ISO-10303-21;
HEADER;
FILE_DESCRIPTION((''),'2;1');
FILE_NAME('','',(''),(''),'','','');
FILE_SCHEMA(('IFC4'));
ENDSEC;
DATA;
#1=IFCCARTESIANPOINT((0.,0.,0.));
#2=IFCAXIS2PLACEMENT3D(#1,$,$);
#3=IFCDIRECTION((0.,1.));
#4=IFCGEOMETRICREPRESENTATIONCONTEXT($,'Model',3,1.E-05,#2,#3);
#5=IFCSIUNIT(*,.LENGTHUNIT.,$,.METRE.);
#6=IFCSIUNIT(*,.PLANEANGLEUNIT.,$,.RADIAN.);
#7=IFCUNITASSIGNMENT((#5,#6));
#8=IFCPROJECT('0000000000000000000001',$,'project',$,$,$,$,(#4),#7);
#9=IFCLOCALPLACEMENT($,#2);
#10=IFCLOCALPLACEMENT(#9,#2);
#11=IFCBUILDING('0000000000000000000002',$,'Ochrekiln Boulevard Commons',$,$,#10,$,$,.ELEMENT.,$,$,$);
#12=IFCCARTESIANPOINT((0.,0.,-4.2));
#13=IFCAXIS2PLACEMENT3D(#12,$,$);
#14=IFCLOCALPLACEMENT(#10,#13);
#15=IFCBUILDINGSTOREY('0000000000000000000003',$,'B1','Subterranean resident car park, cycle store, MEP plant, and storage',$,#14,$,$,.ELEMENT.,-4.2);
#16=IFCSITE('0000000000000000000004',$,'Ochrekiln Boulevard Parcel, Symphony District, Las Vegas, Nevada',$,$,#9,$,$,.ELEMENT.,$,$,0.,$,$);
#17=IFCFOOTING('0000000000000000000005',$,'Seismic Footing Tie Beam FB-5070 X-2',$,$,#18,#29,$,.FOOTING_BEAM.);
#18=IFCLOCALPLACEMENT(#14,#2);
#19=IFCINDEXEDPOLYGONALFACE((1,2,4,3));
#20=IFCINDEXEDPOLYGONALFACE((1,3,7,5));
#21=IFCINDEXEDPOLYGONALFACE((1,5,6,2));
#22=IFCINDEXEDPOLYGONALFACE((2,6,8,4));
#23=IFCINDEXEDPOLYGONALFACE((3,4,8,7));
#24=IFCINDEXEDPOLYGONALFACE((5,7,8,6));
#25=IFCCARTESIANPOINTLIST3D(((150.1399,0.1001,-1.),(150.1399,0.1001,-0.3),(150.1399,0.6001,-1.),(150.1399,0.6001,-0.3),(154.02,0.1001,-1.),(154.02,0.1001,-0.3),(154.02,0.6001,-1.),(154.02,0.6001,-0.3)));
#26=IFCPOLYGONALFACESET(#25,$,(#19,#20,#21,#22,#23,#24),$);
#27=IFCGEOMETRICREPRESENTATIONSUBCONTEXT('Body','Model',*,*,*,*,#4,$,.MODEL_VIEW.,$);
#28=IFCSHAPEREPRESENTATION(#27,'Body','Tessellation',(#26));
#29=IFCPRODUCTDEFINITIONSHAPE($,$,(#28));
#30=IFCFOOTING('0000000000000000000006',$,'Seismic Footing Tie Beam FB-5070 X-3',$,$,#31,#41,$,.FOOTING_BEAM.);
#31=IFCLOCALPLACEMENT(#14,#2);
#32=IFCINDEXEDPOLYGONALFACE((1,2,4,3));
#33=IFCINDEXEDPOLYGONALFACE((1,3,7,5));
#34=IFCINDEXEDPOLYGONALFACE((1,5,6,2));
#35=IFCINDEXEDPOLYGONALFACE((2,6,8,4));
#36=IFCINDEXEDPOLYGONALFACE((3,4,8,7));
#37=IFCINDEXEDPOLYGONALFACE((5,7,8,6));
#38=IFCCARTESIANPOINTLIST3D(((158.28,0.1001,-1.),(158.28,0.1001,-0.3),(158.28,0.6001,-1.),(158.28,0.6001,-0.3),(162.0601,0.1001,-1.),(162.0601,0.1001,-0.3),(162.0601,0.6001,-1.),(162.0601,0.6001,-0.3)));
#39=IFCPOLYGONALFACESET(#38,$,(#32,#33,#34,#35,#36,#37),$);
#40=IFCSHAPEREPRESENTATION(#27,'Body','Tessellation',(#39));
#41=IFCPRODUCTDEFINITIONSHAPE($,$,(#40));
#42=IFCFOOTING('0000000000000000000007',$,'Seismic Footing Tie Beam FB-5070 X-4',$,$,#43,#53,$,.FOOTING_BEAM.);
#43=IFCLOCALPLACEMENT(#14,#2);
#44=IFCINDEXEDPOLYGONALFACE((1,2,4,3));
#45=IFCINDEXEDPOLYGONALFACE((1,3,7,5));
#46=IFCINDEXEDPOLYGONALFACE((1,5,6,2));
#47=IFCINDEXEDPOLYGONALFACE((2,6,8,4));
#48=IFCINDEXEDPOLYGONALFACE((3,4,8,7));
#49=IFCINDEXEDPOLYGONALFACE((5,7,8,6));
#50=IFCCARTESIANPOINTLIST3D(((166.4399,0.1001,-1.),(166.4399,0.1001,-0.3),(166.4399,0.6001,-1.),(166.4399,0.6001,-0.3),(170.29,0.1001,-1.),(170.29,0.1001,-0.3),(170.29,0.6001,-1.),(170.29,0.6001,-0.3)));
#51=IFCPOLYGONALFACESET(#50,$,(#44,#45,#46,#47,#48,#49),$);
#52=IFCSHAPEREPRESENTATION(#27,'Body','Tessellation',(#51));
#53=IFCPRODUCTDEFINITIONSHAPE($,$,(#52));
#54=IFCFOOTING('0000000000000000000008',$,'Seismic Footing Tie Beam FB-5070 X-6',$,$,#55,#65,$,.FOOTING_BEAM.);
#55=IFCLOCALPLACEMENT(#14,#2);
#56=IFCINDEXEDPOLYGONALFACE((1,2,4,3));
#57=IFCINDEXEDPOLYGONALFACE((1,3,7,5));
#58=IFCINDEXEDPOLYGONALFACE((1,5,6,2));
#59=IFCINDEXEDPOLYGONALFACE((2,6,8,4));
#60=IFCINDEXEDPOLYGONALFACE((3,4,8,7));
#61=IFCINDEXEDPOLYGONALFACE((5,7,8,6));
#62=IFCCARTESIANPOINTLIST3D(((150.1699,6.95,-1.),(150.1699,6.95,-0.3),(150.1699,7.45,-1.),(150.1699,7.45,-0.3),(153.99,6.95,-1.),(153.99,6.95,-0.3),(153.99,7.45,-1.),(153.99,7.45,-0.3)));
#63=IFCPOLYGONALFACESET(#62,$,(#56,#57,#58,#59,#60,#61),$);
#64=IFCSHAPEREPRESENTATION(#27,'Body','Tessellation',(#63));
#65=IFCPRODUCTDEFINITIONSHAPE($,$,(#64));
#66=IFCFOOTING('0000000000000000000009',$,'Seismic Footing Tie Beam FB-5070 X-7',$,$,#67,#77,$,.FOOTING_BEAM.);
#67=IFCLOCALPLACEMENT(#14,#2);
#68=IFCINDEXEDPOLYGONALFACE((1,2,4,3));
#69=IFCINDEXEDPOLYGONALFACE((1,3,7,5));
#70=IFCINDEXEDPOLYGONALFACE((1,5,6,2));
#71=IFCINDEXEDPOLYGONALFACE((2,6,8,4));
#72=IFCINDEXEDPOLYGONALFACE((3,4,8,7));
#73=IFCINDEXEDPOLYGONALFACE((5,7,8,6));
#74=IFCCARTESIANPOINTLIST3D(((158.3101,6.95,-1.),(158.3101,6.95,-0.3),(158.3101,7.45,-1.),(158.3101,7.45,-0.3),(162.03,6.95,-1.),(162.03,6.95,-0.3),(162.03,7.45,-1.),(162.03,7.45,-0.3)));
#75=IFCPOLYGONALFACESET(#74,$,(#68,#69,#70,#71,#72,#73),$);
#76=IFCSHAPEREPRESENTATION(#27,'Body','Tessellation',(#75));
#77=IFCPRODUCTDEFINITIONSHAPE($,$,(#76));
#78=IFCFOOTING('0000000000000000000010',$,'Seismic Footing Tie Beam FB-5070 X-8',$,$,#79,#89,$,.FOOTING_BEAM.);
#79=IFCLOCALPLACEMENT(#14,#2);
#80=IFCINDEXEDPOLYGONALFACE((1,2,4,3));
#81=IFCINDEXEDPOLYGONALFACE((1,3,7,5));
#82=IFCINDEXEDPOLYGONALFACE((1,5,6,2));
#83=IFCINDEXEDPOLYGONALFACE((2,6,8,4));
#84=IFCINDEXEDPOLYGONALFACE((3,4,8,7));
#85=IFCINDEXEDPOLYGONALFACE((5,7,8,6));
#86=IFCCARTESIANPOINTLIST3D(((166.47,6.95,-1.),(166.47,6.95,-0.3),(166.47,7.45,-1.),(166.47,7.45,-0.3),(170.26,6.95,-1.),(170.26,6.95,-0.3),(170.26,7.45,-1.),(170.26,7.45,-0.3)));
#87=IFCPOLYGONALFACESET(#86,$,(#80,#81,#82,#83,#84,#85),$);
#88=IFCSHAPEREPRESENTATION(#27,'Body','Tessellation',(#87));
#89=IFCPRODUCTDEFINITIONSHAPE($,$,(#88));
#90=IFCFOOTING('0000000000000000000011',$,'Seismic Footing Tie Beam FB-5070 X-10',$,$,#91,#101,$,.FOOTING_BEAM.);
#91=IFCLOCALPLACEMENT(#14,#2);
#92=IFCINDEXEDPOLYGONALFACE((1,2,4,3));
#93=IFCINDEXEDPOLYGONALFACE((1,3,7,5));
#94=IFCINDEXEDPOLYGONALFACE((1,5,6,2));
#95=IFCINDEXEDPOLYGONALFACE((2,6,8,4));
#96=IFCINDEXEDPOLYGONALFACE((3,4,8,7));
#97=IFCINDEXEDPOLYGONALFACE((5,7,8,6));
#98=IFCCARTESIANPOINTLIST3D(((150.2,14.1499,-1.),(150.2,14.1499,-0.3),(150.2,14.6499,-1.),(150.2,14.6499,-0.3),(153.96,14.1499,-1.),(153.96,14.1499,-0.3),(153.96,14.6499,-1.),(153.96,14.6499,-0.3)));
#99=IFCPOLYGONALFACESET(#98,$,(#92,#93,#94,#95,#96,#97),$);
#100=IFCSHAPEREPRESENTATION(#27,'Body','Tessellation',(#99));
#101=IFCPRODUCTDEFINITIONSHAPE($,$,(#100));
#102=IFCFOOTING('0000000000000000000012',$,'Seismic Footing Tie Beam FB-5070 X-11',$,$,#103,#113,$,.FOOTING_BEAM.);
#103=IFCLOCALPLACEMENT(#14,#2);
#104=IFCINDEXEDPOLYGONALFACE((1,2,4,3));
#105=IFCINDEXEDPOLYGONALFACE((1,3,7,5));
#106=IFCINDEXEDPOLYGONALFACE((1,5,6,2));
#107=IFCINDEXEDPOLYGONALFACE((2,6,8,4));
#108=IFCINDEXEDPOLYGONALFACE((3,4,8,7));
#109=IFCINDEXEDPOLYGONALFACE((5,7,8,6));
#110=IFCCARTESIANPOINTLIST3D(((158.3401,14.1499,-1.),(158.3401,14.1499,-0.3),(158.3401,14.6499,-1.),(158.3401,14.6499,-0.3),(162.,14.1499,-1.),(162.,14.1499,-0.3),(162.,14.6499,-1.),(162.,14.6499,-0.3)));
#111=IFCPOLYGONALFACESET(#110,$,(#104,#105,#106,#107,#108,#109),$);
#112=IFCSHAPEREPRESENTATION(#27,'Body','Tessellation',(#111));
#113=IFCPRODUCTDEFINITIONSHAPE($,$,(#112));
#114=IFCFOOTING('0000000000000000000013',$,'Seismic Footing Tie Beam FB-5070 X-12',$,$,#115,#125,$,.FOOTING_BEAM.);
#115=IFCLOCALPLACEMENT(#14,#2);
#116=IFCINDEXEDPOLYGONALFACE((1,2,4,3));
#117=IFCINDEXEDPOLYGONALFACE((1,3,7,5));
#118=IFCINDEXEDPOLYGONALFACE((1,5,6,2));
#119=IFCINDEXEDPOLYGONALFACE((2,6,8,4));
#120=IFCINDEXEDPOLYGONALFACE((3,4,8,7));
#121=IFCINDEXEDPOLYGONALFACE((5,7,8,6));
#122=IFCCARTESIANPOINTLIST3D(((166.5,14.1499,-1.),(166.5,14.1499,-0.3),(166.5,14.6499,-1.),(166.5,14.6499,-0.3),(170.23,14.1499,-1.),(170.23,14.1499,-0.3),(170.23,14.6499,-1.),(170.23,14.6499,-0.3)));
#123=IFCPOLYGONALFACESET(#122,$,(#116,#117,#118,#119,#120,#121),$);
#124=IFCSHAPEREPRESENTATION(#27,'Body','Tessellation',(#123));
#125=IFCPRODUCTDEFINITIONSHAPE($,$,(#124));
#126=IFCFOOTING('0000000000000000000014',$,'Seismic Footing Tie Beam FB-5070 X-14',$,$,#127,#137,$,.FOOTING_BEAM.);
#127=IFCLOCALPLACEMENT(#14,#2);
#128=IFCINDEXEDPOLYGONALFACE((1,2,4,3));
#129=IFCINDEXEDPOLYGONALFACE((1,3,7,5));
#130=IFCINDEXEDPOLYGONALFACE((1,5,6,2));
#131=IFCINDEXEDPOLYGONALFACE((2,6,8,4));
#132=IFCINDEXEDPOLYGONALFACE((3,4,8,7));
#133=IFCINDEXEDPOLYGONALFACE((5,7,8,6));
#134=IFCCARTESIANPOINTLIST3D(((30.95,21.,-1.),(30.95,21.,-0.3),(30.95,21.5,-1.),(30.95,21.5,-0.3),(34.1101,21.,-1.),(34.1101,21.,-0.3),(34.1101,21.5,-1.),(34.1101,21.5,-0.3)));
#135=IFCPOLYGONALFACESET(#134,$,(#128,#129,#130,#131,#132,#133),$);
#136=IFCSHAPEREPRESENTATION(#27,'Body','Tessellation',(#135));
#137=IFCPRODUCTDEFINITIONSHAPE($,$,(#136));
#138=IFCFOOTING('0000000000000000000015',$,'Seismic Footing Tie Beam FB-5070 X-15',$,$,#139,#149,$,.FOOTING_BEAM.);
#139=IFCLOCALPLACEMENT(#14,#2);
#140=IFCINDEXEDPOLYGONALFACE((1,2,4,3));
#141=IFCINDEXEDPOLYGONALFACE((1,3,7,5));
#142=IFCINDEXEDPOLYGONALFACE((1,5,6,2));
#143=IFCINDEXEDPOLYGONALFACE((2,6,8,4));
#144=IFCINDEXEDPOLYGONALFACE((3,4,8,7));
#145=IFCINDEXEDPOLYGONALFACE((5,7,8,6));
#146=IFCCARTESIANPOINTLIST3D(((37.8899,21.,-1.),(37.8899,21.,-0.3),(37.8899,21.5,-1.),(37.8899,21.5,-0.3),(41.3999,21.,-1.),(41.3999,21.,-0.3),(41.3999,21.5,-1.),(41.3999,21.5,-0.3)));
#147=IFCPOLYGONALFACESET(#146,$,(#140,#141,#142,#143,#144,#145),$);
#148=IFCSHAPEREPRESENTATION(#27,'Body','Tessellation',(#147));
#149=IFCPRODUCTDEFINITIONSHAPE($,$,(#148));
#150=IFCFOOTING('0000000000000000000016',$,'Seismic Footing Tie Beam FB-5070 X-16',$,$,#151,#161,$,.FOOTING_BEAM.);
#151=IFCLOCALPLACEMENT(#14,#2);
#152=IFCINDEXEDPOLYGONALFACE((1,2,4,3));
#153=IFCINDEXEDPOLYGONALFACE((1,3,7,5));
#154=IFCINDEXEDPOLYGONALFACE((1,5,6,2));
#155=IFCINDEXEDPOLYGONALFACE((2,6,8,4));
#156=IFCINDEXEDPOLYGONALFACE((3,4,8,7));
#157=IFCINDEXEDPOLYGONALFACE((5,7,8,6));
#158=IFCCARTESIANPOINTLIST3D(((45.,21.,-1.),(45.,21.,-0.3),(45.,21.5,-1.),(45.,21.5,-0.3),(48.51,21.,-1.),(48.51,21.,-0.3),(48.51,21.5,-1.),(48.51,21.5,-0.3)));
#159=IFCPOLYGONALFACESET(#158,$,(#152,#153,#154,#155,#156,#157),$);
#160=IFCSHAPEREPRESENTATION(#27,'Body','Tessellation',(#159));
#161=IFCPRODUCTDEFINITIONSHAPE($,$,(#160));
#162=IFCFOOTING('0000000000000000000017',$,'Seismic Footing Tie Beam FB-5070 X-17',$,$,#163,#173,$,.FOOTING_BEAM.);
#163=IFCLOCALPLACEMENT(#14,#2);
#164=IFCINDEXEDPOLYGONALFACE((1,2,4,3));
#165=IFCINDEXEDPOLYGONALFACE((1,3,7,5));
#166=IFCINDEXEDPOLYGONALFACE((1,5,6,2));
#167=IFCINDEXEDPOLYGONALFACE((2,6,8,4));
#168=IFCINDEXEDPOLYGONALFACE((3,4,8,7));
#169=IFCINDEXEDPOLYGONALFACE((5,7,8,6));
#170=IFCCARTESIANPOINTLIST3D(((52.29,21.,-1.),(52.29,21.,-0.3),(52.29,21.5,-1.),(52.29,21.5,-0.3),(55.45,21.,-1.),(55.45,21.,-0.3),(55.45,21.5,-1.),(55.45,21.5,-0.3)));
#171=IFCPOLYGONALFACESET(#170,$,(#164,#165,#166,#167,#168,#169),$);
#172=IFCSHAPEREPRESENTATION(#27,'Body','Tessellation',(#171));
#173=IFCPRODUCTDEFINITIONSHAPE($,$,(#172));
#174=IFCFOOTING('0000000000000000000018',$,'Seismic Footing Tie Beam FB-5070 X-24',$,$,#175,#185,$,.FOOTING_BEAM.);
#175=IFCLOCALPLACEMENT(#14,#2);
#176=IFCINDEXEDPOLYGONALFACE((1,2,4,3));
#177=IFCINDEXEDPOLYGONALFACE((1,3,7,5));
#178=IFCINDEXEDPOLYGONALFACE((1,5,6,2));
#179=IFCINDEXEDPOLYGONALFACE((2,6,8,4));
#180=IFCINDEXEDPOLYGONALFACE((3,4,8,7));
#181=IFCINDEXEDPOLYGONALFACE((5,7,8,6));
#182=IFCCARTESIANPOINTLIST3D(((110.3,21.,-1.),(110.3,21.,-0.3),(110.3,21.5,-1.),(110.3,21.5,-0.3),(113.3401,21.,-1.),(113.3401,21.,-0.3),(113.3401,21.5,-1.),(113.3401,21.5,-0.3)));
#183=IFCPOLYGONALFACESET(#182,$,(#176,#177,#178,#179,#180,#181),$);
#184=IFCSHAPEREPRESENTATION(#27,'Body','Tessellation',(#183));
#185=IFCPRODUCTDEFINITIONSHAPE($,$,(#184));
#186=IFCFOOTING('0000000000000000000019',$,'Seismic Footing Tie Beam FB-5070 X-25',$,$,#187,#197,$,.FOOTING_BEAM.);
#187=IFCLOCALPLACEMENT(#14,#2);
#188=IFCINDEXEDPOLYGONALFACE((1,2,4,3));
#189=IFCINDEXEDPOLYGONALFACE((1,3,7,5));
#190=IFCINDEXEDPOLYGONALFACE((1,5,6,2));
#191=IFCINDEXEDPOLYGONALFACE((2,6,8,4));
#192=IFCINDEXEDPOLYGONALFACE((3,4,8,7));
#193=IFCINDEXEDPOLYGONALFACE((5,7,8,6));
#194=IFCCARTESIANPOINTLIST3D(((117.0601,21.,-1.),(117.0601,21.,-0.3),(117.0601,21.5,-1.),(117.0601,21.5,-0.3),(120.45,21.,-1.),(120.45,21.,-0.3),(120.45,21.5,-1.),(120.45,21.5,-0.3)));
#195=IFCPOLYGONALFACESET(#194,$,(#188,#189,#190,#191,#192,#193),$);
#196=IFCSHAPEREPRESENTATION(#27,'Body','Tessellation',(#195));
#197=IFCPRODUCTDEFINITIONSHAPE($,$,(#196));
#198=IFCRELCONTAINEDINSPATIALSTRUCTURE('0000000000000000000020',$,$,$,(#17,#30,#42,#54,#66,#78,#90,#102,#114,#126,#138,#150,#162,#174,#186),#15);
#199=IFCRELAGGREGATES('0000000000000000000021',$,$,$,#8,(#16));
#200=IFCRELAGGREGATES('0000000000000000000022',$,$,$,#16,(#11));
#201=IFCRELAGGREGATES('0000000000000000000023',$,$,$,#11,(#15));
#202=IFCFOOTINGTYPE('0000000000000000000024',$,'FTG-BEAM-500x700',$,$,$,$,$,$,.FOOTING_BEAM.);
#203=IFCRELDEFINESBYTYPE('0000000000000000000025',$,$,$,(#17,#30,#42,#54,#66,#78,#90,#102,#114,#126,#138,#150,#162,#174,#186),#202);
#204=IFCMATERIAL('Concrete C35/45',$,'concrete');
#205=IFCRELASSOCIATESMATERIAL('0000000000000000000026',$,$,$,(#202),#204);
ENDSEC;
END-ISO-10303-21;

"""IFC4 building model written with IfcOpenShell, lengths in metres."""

from ifc_helpers import new_model, si_unit, direction, frame, origin, place, context, subcontext, project, spatial, polyline, outline, extrude, material, type_object, element, save


model = new_model("IFC4")

# Units and contexts
model_context = context("Model", 3, precision=1e-05, world=origin(), true_north=direction((0.0, 1.0)))
body_context = subcontext(model_context, "Body", "Model", "MODEL_VIEW")
ifc_project = project(units=[si_unit("LENGTHUNIT", "METRE"), si_unit("PLANEANGLEUNIT", "RADIAN")], contexts=[model_context])

# Site, building, storey
site_placement = place(None, origin())
site = spatial("IfcSite", under=ifc_project, at=site_placement, Name="Ochrekiln Boulevard Parcel, Symphony District, Las Vegas, Nevada", CompositionType="ELEMENT", RefElevation=0.0)
building_placement = place(site_placement, origin())
building = spatial("IfcBuilding", under=site, at=building_placement, Name="Ochrekiln Boulevard Commons", CompositionType="ELEMENT")
storey_placement = place(building_placement, frame((0.0, 0.0, -4.2)))
storey = spatial("IfcBuildingStorey", under=building, at=storey_placement, Name="B1", Description="Subterranean resident car park, cycle store, MEP plant, and storage", CompositionType="ELEMENT", Elevation=-4.2)

# Footings
ifc_material = material(Name="Concrete C35/45", Category="concrete")
footing_type_1 = type_object("IfcFootingType", Name="FTG-BEAM-500x700", PredefinedType="FOOTING_BEAM", material=ifc_material)
footing_1_placement = place(storey_placement, frame((0.0, 0.0, -1.0)))
element("IfcFooting", 1, at=footing_1_placement, inside=storey, type_object=footing_type_1, Name="Seismic Footing Tie Beam FB-5070 X-2", PredefinedType="FOOTING_BEAM", context=body_context, shape_type="SweptSolid", body=[
    extrude(outline(polyline([(150.1399, 0.1001), (154.02, 0.1001), (154.02, 0.6001), (150.1399, 0.6001), (150.1399, 0.1001)])), origin(), (0.0, 0.0, 1.0), 0.7),
])
footing_2_placement = place(storey_placement, frame((0.0, 0.0, -1.0)))
element("IfcFooting", 2, at=footing_2_placement, inside=storey, type_object=footing_type_1, Name="Seismic Footing Tie Beam FB-5070 X-3", PredefinedType="FOOTING_BEAM", context=body_context, shape_type="SweptSolid", body=[
    extrude(outline(polyline([(158.28, 0.1001), (162.0601, 0.1001), (162.0601, 0.6001), (158.28, 0.6001), (158.28, 0.1001)])), origin(), (0.0, 0.0, 1.0), 0.7),
])
footing_3_placement = place(storey_placement, frame((0.0, 0.0, -1.0)))
element("IfcFooting", 3, at=footing_3_placement, inside=storey, type_object=footing_type_1, Name="Seismic Footing Tie Beam FB-5070 X-4", PredefinedType="FOOTING_BEAM", context=body_context, shape_type="SweptSolid", body=[
    extrude(outline(polyline([(166.4399, 0.1001), (170.29, 0.1001), (170.29, 0.6001), (166.4399, 0.6001), (166.4399, 0.1001)])), origin(), (0.0, 0.0, 1.0), 0.7),
])
footing_4_placement = place(storey_placement, frame((0.0, 0.0, -1.0)))
element("IfcFooting", 4, at=footing_4_placement, inside=storey, type_object=footing_type_1, Name="Seismic Footing Tie Beam FB-5070 X-6", PredefinedType="FOOTING_BEAM", context=body_context, shape_type="SweptSolid", body=[
    extrude(outline(polyline([(150.1699, 6.95), (153.99, 6.95), (153.99, 7.45), (150.1699, 7.45), (150.1699, 6.95)])), origin(), (0.0, 0.0, 1.0), 0.7),
])
footing_5_placement = place(storey_placement, frame((0.0, 0.0, -1.0)))
element("IfcFooting", 5, at=footing_5_placement, inside=storey, type_object=footing_type_1, Name="Seismic Footing Tie Beam FB-5070 X-7", PredefinedType="FOOTING_BEAM", context=body_context, shape_type="SweptSolid", body=[
    extrude(outline(polyline([(158.3101, 6.95), (162.03, 6.95), (162.03, 7.45), (158.3101, 7.45), (158.3101, 6.95)])), origin(), (0.0, 0.0, 1.0), 0.7),
])
footing_6_placement = place(storey_placement, frame((0.0, 0.0, -1.0)))
element("IfcFooting", 6, at=footing_6_placement, inside=storey, type_object=footing_type_1, Name="Seismic Footing Tie Beam FB-5070 X-8", PredefinedType="FOOTING_BEAM", context=body_context, shape_type="SweptSolid", body=[
    extrude(outline(polyline([(166.47, 6.95), (170.26, 6.95), (170.26, 7.45), (166.47, 7.45), (166.47, 6.95)])), origin(), (0.0, 0.0, 1.0), 0.7),
])
footing_7_placement = place(storey_placement, frame((0.0, 0.0, -1.0)))
element("IfcFooting", 7, at=footing_7_placement, inside=storey, type_object=footing_type_1, Name="Seismic Footing Tie Beam FB-5070 X-10", PredefinedType="FOOTING_BEAM", context=body_context, shape_type="SweptSolid", body=[
    extrude(outline(polyline([(150.2, 14.1499), (153.96, 14.1499), (153.96, 14.6499), (150.2, 14.6499), (150.2, 14.1499)])), origin(), (0.0, 0.0, 1.0), 0.7),
])
footing_8_placement = place(storey_placement, frame((0.0, 0.0, -1.0)))
element("IfcFooting", 8, at=footing_8_placement, inside=storey, type_object=footing_type_1, Name="Seismic Footing Tie Beam FB-5070 X-11", PredefinedType="FOOTING_BEAM", context=body_context, shape_type="SweptSolid", body=[
    extrude(outline(polyline([(158.3401, 14.1499), (162.0, 14.1499), (162.0, 14.6499), (158.3401, 14.6499), (158.3401, 14.1499)])), origin(), (0.0, 0.0, 1.0), 0.7),
])
footing_9_placement = place(storey_placement, frame((0.0, 0.0, -1.0)))
element("IfcFooting", 9, at=footing_9_placement, inside=storey, type_object=footing_type_1, Name="Seismic Footing Tie Beam FB-5070 X-12", PredefinedType="FOOTING_BEAM", context=body_context, shape_type="SweptSolid", body=[
    extrude(outline(polyline([(166.5, 14.1499), (170.23, 14.1499), (170.23, 14.6499), (166.5, 14.6499), (166.5, 14.1499)])), origin(), (0.0, 0.0, 1.0), 0.7),
])
footing_10_placement = place(storey_placement, frame((0.0, 0.0, -1.0)))
element("IfcFooting", 10, at=footing_10_placement, inside=storey, type_object=footing_type_1, Name="Seismic Footing Tie Beam FB-5070 X-14", PredefinedType="FOOTING_BEAM", context=body_context, shape_type="SweptSolid", body=[
    extrude(outline(polyline([(30.95, 21.0), (34.1101, 21.0), (34.1101, 21.5), (30.95, 21.5), (30.95, 21.0)])), origin(), (0.0, 0.0, 1.0), 0.7),
])
footing_11_placement = place(storey_placement, frame((0.0, 0.0, -1.0)))
element("IfcFooting", 11, at=footing_11_placement, inside=storey, type_object=footing_type_1, Name="Seismic Footing Tie Beam FB-5070 X-15", PredefinedType="FOOTING_BEAM", context=body_context, shape_type="SweptSolid", body=[
    extrude(outline(polyline([(37.8899, 21.0), (41.3999, 21.0), (41.3999, 21.5), (37.8899, 21.5), (37.8899, 21.0)])), origin(), (0.0, 0.0, 1.0), 0.7),
])
footing_12_placement = place(storey_placement, frame((0.0, 0.0, -1.0)))
element("IfcFooting", 12, at=footing_12_placement, inside=storey, type_object=footing_type_1, Name="Seismic Footing Tie Beam FB-5070 X-16", PredefinedType="FOOTING_BEAM", context=body_context, shape_type="SweptSolid", body=[
    extrude(outline(polyline([(45.0, 21.0), (48.51, 21.0), (48.51, 21.5), (45.0, 21.5), (45.0, 21.0)])), origin(), (0.0, 0.0, 1.0), 0.7),
])
footing_13_placement = place(storey_placement, frame((0.0, 0.0, -1.0)))
element("IfcFooting", 13, at=footing_13_placement, inside=storey, type_object=footing_type_1, Name="Seismic Footing Tie Beam FB-5070 X-17", PredefinedType="FOOTING_BEAM", context=body_context, shape_type="SweptSolid", body=[
    extrude(outline(polyline([(52.29, 21.0), (55.45, 21.0), (55.45, 21.5), (52.29, 21.5), (52.29, 21.0)])), origin(), (0.0, 0.0, 1.0), 0.7),
])
footing_14_placement = place(storey_placement, frame((0.0, 0.0, -1.0)))
element("IfcFooting", 14, at=footing_14_placement, inside=storey, type_object=footing_type_1, Name="Seismic Footing Tie Beam FB-5070 X-24", PredefinedType="FOOTING_BEAM", context=body_context, shape_type="SweptSolid", body=[
    extrude(outline(polyline([(110.3, 21.0), (113.3401, 21.0), (113.3401, 21.5), (110.3, 21.5), (110.3, 21.0)])), origin(), (0.0, 0.0, 1.0), 0.7),
])
footing_15_placement = place(storey_placement, frame((0.0, 0.0, -1.0)))
element("IfcFooting", 15, at=footing_15_placement, inside=storey, type_object=footing_type_1, Name="Seismic Footing Tie Beam FB-5070 X-25", PredefinedType="FOOTING_BEAM", context=body_context, shape_type="SweptSolid", body=[
    extrude(outline(polyline([(117.0601, 21.0), (120.45, 21.0), (120.45, 21.5), (117.0601, 21.5), (117.0601, 21.0)])), origin(), (0.0, 0.0, 1.0), 0.7),
])

save(model, "model.ifc")
